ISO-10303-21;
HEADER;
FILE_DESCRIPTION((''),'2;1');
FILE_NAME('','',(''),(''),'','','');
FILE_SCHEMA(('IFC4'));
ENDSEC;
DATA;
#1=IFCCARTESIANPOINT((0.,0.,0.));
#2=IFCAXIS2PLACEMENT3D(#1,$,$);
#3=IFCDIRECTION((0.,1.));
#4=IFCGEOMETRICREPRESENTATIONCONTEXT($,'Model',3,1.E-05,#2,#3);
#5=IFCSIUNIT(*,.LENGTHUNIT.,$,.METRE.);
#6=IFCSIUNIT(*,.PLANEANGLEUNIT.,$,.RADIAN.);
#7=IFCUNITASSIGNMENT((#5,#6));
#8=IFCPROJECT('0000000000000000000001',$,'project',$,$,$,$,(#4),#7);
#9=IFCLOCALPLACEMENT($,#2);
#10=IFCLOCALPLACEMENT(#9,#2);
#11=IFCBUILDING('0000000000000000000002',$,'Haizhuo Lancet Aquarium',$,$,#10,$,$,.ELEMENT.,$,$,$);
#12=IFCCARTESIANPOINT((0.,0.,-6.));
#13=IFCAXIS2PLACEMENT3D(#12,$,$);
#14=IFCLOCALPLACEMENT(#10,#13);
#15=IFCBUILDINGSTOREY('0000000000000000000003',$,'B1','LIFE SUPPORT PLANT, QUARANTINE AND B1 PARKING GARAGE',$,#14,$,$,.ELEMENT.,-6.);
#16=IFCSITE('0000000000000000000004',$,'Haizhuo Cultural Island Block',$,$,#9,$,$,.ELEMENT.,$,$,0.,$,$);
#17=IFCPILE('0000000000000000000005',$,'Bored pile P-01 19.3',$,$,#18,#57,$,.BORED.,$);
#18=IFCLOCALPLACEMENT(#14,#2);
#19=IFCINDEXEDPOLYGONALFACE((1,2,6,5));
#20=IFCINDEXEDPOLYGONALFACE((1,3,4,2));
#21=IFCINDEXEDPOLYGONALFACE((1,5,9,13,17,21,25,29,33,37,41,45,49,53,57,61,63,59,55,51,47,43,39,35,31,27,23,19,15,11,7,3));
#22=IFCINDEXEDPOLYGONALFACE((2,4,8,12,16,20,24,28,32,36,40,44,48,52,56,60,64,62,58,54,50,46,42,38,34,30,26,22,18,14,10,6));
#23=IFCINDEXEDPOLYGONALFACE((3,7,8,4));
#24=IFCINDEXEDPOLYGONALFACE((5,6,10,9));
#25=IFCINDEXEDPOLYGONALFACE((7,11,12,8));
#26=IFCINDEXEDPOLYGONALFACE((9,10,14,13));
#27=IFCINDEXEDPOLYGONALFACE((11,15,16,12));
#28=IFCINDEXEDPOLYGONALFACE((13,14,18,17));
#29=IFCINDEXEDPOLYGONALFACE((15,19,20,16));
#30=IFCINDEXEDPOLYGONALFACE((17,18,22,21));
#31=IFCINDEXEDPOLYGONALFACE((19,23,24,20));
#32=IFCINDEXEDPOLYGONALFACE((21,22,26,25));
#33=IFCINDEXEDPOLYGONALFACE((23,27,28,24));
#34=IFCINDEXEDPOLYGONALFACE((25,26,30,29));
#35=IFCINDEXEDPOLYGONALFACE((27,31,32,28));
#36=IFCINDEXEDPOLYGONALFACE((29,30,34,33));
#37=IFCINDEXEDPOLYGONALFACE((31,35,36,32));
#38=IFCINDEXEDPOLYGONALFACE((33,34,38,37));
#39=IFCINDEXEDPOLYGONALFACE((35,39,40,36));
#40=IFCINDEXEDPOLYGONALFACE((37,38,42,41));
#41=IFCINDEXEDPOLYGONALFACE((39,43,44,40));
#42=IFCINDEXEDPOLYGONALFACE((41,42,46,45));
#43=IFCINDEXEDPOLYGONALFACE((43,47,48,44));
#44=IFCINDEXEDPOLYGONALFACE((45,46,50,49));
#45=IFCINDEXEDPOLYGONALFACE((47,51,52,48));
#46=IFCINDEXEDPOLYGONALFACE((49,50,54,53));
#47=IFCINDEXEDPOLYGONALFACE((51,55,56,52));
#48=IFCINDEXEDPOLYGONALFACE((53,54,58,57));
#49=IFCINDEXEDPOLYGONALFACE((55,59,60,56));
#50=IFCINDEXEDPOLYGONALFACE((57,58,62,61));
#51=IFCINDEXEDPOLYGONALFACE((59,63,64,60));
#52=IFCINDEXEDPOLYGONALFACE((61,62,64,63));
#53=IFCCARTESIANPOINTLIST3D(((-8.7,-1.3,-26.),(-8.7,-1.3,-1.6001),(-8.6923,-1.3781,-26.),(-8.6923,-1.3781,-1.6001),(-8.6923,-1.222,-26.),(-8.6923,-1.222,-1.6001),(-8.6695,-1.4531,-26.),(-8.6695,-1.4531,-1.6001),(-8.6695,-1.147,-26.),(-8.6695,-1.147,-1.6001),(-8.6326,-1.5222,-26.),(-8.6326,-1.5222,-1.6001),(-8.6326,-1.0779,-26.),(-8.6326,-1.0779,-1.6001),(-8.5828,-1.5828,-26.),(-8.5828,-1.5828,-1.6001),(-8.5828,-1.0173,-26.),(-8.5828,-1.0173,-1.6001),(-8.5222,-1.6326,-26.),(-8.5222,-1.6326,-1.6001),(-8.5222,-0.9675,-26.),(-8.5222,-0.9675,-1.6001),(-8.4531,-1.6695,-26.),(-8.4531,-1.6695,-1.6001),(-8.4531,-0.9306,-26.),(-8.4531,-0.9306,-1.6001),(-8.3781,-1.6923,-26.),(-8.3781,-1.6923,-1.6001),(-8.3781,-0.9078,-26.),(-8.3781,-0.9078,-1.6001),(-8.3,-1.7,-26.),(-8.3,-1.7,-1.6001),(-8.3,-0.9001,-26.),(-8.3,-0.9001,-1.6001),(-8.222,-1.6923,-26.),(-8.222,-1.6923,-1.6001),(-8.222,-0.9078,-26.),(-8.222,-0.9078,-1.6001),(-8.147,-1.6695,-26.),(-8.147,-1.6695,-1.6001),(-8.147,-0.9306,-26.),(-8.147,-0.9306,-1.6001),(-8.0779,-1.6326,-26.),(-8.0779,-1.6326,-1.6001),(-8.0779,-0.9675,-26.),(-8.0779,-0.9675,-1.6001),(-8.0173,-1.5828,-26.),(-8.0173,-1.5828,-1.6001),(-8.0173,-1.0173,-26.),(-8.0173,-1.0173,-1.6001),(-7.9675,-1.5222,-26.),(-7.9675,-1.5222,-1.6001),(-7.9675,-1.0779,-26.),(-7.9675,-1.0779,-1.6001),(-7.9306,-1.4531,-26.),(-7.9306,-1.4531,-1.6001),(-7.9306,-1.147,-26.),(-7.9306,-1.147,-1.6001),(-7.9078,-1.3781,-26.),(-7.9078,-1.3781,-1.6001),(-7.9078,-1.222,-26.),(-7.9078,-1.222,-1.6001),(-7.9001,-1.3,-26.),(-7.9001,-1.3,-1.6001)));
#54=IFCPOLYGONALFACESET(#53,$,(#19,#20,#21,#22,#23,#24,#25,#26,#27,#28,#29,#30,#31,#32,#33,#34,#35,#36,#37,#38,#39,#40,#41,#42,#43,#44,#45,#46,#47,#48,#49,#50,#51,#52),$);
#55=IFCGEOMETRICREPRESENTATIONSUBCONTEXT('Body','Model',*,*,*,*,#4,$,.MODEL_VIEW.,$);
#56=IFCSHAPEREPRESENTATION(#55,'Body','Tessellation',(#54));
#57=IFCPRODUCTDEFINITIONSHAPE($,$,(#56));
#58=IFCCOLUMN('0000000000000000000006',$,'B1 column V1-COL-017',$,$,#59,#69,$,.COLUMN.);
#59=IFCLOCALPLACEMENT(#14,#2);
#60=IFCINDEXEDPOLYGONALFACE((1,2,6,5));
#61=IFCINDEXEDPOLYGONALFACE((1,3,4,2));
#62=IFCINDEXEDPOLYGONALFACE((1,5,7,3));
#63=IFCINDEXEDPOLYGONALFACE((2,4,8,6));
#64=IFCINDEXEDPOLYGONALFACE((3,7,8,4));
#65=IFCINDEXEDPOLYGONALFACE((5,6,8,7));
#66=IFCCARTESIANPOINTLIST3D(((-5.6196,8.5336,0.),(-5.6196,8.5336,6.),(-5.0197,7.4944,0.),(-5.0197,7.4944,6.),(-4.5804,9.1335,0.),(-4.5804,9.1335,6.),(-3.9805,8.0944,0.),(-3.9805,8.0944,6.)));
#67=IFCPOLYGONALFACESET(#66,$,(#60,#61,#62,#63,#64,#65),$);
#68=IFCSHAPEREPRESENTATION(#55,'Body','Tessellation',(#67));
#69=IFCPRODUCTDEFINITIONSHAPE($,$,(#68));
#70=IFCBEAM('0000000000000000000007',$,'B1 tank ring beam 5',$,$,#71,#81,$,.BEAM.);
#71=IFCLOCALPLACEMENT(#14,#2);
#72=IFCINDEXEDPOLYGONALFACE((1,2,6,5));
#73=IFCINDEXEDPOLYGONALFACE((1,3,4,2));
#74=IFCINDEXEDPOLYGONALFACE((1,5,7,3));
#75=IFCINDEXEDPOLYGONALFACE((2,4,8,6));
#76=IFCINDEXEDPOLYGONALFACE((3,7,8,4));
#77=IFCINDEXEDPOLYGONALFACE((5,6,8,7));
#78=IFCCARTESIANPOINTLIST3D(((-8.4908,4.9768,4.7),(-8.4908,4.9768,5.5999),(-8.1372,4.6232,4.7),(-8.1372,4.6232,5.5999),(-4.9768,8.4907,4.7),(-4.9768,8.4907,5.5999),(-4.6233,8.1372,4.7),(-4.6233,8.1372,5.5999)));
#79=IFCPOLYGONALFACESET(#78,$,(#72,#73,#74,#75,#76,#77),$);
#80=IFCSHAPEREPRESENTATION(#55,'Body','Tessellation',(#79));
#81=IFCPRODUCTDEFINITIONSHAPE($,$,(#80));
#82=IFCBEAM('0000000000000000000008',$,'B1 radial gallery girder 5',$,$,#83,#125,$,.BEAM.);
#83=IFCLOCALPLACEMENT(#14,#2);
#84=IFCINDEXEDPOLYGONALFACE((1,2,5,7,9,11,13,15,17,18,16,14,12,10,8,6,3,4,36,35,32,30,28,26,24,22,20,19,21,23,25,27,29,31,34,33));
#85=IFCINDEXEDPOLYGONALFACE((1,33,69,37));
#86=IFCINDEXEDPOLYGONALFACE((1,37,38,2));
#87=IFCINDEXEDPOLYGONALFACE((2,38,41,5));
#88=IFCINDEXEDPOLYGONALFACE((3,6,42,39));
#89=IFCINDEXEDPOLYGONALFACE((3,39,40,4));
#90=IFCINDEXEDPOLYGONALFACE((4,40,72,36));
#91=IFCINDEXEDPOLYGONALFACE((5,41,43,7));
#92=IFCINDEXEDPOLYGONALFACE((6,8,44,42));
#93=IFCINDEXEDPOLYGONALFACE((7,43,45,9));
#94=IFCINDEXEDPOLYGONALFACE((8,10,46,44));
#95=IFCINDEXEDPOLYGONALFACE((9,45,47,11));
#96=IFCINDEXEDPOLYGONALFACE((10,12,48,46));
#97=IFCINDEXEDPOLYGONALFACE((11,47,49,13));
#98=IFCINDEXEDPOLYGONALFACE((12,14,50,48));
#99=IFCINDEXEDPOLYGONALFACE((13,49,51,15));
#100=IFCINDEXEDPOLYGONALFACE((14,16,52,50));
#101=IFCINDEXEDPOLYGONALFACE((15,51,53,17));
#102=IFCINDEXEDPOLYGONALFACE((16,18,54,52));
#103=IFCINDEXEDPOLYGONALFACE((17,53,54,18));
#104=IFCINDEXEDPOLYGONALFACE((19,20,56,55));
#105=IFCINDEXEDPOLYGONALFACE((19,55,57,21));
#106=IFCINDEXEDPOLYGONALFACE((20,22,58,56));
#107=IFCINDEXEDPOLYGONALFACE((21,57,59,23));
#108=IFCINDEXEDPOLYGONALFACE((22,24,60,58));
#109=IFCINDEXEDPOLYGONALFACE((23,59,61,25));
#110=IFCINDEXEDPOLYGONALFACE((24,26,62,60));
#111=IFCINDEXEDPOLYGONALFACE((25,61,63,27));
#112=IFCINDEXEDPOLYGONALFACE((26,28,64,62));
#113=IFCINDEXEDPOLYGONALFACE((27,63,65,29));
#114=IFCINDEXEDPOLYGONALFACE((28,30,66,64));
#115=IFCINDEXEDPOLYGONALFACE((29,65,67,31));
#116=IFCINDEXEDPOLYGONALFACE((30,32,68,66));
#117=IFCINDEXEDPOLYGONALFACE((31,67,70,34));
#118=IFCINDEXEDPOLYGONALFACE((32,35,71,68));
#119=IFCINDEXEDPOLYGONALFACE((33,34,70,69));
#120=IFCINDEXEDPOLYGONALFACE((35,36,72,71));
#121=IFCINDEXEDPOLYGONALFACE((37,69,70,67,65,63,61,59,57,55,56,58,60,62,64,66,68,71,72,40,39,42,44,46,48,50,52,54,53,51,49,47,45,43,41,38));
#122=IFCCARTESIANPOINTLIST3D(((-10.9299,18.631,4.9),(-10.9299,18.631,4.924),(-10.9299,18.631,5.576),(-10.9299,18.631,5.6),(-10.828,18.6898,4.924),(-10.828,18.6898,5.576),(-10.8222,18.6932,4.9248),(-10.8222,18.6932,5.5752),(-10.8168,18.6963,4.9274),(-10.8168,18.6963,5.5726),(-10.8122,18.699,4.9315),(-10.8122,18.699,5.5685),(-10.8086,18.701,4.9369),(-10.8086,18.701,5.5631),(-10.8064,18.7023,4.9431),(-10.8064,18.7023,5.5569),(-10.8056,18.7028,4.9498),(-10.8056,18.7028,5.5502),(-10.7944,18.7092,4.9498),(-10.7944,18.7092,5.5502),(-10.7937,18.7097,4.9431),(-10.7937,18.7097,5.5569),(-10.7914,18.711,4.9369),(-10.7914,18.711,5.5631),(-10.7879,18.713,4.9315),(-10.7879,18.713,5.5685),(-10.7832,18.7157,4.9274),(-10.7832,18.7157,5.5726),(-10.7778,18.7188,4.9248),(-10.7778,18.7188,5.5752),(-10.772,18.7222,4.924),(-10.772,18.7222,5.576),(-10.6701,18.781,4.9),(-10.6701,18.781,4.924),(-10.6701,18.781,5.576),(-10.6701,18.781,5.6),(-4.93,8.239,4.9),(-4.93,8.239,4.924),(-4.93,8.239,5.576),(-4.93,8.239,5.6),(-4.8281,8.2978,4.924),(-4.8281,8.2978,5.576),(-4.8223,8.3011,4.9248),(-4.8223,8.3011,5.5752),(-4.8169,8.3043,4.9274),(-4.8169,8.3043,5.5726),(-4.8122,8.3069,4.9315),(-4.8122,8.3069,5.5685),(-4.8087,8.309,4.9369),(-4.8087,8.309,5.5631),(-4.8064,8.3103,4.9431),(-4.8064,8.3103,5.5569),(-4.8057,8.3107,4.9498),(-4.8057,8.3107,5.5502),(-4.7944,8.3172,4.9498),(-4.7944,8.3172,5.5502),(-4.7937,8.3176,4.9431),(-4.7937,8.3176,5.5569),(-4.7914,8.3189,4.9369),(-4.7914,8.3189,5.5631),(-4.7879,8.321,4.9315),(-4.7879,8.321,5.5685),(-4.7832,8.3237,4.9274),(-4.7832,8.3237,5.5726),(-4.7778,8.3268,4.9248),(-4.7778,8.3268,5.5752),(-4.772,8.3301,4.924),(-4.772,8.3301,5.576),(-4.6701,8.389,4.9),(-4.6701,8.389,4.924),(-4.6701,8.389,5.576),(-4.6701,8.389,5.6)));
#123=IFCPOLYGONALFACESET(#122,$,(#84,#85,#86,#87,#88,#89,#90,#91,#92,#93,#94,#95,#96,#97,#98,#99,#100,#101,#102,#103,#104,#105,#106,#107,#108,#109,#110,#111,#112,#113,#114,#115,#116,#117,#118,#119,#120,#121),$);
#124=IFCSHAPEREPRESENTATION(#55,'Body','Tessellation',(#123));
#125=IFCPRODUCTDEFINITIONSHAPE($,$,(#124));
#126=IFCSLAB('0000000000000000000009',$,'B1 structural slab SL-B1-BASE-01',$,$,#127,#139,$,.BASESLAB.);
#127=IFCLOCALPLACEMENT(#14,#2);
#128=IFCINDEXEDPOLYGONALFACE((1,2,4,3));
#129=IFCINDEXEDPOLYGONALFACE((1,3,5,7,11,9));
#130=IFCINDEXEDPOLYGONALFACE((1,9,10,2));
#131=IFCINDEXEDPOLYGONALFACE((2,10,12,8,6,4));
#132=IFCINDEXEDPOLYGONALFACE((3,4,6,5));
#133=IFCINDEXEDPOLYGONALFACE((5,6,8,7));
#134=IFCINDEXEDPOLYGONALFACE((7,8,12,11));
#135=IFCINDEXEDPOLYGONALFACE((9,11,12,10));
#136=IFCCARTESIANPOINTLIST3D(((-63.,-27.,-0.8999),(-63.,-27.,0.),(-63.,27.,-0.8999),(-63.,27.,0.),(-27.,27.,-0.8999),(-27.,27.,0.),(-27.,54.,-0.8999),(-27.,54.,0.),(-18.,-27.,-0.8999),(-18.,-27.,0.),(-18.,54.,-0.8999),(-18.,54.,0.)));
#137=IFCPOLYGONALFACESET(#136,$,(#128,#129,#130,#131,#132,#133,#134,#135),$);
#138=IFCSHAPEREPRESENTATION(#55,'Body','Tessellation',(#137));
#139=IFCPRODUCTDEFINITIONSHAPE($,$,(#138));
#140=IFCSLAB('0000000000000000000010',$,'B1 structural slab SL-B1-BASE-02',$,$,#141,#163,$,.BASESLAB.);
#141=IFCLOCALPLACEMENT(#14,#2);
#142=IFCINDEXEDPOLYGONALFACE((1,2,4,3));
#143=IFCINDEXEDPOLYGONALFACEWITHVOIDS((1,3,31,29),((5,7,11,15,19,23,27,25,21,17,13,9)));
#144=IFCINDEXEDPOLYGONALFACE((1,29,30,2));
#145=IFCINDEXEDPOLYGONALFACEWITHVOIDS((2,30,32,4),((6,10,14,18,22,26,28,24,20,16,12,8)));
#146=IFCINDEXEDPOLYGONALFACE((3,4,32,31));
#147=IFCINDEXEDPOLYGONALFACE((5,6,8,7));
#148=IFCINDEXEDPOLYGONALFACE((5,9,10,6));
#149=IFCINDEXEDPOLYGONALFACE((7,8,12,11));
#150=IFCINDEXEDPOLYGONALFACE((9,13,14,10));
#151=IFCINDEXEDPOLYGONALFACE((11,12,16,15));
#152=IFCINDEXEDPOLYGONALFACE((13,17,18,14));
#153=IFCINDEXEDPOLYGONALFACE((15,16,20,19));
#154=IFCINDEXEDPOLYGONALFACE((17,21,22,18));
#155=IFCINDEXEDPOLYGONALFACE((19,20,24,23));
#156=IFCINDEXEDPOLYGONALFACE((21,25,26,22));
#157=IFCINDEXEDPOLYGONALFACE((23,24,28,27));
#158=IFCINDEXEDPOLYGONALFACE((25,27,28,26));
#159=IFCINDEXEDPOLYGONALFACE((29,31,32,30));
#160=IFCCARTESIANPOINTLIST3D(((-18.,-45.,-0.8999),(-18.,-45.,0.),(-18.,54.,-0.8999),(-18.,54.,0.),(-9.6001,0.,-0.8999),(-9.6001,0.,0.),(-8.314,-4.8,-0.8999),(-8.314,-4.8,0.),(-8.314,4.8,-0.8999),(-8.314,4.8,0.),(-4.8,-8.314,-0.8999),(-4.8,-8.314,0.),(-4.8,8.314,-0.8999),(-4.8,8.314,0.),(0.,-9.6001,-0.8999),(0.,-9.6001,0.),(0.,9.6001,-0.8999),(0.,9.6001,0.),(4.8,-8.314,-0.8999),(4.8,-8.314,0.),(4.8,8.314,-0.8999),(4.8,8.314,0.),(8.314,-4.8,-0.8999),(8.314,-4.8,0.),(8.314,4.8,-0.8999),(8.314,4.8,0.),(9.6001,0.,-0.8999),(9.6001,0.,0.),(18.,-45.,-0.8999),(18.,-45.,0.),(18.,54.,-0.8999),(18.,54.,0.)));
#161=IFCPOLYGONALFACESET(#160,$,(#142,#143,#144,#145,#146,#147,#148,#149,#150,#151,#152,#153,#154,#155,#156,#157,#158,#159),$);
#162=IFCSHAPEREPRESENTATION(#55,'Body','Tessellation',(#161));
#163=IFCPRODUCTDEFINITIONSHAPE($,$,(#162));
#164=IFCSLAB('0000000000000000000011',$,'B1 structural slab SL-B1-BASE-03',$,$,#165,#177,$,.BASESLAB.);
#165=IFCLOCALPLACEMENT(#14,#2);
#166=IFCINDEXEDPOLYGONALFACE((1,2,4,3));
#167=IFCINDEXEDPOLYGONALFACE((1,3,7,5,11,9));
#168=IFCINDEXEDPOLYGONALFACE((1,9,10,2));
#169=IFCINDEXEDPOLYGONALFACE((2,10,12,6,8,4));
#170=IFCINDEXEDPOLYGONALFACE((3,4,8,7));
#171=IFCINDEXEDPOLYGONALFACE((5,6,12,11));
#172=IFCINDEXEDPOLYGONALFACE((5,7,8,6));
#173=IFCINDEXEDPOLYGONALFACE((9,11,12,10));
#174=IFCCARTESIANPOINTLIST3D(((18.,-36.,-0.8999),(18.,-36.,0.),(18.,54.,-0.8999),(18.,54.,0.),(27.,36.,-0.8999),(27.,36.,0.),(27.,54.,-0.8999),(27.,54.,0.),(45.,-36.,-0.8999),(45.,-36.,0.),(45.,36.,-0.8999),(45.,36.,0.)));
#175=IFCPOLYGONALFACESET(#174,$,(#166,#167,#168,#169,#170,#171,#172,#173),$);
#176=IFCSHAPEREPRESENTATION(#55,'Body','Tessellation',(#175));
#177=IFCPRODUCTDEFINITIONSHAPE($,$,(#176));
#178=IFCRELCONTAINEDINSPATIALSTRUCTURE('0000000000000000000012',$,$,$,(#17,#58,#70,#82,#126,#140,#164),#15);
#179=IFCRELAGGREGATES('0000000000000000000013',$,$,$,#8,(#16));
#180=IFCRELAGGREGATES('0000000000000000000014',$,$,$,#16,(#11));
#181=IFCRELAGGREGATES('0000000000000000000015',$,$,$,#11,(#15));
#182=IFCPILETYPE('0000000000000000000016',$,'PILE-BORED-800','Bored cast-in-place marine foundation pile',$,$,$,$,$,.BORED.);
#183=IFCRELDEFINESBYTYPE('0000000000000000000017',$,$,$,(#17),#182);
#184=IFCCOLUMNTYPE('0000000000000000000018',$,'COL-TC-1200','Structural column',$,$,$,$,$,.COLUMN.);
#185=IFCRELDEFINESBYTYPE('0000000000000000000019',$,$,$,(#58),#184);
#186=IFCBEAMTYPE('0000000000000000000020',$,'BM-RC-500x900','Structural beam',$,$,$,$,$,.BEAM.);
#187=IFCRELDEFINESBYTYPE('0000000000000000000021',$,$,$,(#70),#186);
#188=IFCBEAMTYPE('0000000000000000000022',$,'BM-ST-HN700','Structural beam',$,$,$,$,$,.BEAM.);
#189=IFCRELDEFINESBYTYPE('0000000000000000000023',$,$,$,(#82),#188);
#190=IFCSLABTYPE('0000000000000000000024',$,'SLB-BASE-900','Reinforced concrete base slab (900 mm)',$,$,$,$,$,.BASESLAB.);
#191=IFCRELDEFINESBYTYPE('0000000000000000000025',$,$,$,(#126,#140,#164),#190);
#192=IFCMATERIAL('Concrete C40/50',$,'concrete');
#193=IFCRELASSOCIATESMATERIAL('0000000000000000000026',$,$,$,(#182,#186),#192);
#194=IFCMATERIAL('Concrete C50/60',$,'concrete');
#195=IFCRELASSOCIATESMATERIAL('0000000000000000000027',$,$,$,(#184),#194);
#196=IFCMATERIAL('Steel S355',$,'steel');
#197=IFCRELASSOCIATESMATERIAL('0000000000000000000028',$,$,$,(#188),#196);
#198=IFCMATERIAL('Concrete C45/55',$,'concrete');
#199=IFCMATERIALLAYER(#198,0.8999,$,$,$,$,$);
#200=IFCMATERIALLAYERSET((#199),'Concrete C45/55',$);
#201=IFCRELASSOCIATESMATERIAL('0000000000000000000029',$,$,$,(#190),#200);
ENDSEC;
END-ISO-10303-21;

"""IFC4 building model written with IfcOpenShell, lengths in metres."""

from ifc_helpers import new_model, si_unit, direction, frame, origin, origin_2d, place, context, subcontext, project, spatial, polyline, rectangle, circle, i_section, outline, extrude, material, layer, layer_set, material_profile, profile_set, type_object, element, save


model = new_model("IFC4")

# Units and contexts
model_context = context("Model", 3, precision=1e-05, world=origin(), true_north=direction((0.0, 1.0)))
body_context = subcontext(model_context, "Body", "Model", "MODEL_VIEW")
ifc_project = project(units=[si_unit("LENGTHUNIT", "METRE"), si_unit("PLANEANGLEUNIT", "RADIAN")], contexts=[model_context])

# Site, building, storey
site_placement = place(None, origin())
site = spatial("IfcSite", under=ifc_project, at=site_placement, Name="Haizhuo Cultural Island Block", CompositionType="ELEMENT", RefElevation=0.0)
building_placement = place(site_placement, origin())
building = spatial("IfcBuilding", under=site, at=building_placement, Name="Haizhuo Lancet Aquarium", CompositionType="ELEMENT")
storey_placement = place(building_placement, frame((0.0, 0.0, -6.0)))
storey = spatial("IfcBuildingStorey", under=building, at=storey_placement, Name="B1", Description="LIFE SUPPORT PLANT, QUARANTINE AND B1 PARKING GARAGE", CompositionType="ELEMENT", Elevation=-6.0)

# Shared definitions
ifc_material_1 = material(Name="Concrete C40/50", Category="concrete")

# Pile
ifc_material_profile_1 = material_profile(ifc_material_1, circle(Radius=0.3999, at=origin_2d()), Name="PILE-800")
ifc_profile_set_1 = profile_set([ifc_material_profile_1], Name="Concrete C40/50")
pile_type = type_object("IfcPileType", Name="PILE-BORED-800", Description="Bored cast-in-place marine foundation pile", PredefinedType="BORED", material=ifc_profile_set_1)
for number, where, z_axis, x_axis, name in (
    (1, (-8.3, -1.3, -1.6001), (0.0, 0.0, -1.0), (1.0, 0.0, 0.0), "Bored pile P-01 19.3"),
):
    element("IfcPile", number, at=place(storey_placement, frame(where, z_axis=z_axis, x_axis=x_axis)), inside=storey, type_object=pile_type, Name=name, PredefinedType="BORED", context=body_context, shape_type="SweptSolid", body=[
        extrude(circle(Radius=0.3999, at=origin_2d()), origin(), (0.0, 0.0, 1.0), 24.3999),
    ])

# Column
ifc_material_2 = material(Name="Concrete C50/60", Category="concrete")
ifc_material_profile_2 = material_profile(ifc_material_2, rectangle(XDim=1.2, YDim=1.2, at=origin_2d()), Name="RC-COL 1200x1200")
ifc_profile_set_2 = profile_set([ifc_material_profile_2], Name="Concrete C50/60")
column_type = type_object("IfcColumnType", Name="COL-TC-1200", Description="Structural column", PredefinedType="COLUMN", material=ifc_profile_set_2)
column_placement = place(storey_placement, frame((-4.8, 8.314, 0.0), z_axis=(0.0, 0.0, 1.0), x_axis=(-0.5, 0.866025, 0.0)))
element("IfcColumn", 2, at=column_placement, inside=storey, type_object=column_type, Name="B1 column V1-COL-017", PredefinedType="COLUMN", context=body_context, shape_type="SweptSolid", body=[
    extrude(rectangle(XDim=1.2, YDim=1.2, at=origin_2d()), origin(), (0.0, 0.0, 1.0), 6.0),
])

# Beams
ifc_material_profile_3 = material_profile(ifc_material_1, rectangle(XDim=0.5, YDim=0.8999, at=origin_2d()), Name="RC-BM 500x900")
ifc_profile_set_3 = profile_set([ifc_material_profile_3], Name="Concrete C40/50")
beam_type_1 = type_object("IfcBeamType", Name="BM-RC-500x900", Description="Structural beam", PredefinedType="BEAM", material=ifc_profile_set_3)
beam_1_placement = place(storey_placement, frame((-4.8, 8.314, 5.1499), z_axis=(-0.707107, -0.707107, 0.0), x_axis=(0.707107, -0.707107, 0.0)))
element("IfcBeam", 3, at=beam_1_placement, inside=storey, type_object=beam_type_1, Name="B1 tank ring beam 5", PredefinedType="BEAM", context=body_context, shape_type="SweptSolid", body=[
    extrude(rectangle(XDim=0.5, YDim=0.8999, at=origin_2d()), origin(), (0.0, 0.0, 1.0), 4.9695),
])
ifc_material_3 = material(Name="Steel S355", Category="steel")
ifc_material_profile_4 = material_profile(ifc_material_3, i_section(OverallWidth=0.3, OverallDepth=0.7, WebThickness=0.0129, FlangeThickness=0.0239, FilletRadius=0.0259, at=origin_2d()), Name="HN 700x300x13x24")
ifc_profile_set_4 = profile_set([ifc_material_profile_4], Name="Steel S355")
beam_type_2 = type_object("IfcBeamType", Name="BM-ST-HN700", Description="Structural beam", PredefinedType="BEAM", material=ifc_profile_set_4)
beam_2_placement = place(storey_placement, frame((-4.8, 8.314, 5.25), z_axis=(-0.500008, 0.866021, 0.0), x_axis=(-0.866021, -0.500008, 0.0)))
element("IfcBeam", 4, at=beam_2_placement, inside=storey, type_object=beam_type_2, Name="B1 radial gallery girder 5", PredefinedType="BEAM", context=body_context, shape_type="SweptSolid", body=[
    extrude(i_section(OverallWidth=0.3, OverallDepth=0.7, WebThickness=0.0129, FlangeThickness=0.0239, FilletRadius=0.0259, at=origin_2d()), origin(), (0.0, 0.0, 1.0), 11.9998),
])

# Slabs
ifc_material_4 = material(Name="Concrete C45/55", Category="concrete")
ifc_layer_1 = layer(ifc_material_4, 0.8999)
ifc_layer_set_1 = layer_set([ifc_layer_1], Name="Concrete C45/55")
slab_type_1 = type_object("IfcSlabType", Name="SLB-BASE-900", Description="Reinforced concrete base slab (900 mm)", PredefinedType="BASESLAB", material=ifc_layer_set_1)
slab_1_placement = place(storey_placement, frame((0.0, 0.0, -0.8999)))
element("IfcSlab", 5, at=slab_1_placement, inside=storey, type_object=slab_type_1, Name="B1 structural slab SL-B1-BASE-01", PredefinedType="BASESLAB", context=body_context, shape_type="SweptSolid", body=[
    extrude(outline(polyline([(-63.0, 27.0), (-63.0, -27.0), (-18.0, -27.0), (-18.0, 54.0), (-27.0, 54.0), (-27.0, 27.0), (-63.0, 27.0)])), origin(), (0.0, 0.0, 1.0), 0.8999),
])
slab_2_placement = place(storey_placement, frame((0.0, 0.0, -0.8999)))
element("IfcSlab", 6, at=slab_2_placement, inside=storey, type_object=slab_type_1, Name="B1 structural slab SL-B1-BASE-02", PredefinedType="BASESLAB", context=body_context, shape_type="SweptSolid", body=[
    extrude(outline(polyline([(-18.0, 54.0), (-18.0, -45.0), (18.0, -45.0), (18.0, 54.0), (-18.0, 54.0)]), holes=[polyline([(4.8, 8.314), (0.0, 9.6001), (-4.8, 8.314), (-8.314, 4.8), (-9.6001, 0.0), (-8.314, -4.8), (-4.8, -8.314), (0.0, -9.6001), (4.8, -8.314), (8.314, -4.8), (9.6001, 0.0), (8.314, 4.8), (4.8, 8.314)])]), origin(), (0.0, 0.0, 1.0), 0.8999),
])
slab_3_placement = place(storey_placement, frame((0.0, 0.0, -0.8999)))
element("IfcSlab", 7, at=slab_3_placement, inside=storey, type_object=slab_type_1, Name="B1 structural slab SL-B1-BASE-03", PredefinedType="BASESLAB", context=body_context, shape_type="SweptSolid", body=[
    extrude(outline(polyline([(18.0, 54.0), (18.0, -36.0), (45.0, -36.0), (45.0, 36.0), (27.0, 36.0), (27.0, 54.0), (18.0, 54.0)])), origin(), (0.0, 0.0, 1.0), 0.8999),
])

save(model, "model.ifc")
